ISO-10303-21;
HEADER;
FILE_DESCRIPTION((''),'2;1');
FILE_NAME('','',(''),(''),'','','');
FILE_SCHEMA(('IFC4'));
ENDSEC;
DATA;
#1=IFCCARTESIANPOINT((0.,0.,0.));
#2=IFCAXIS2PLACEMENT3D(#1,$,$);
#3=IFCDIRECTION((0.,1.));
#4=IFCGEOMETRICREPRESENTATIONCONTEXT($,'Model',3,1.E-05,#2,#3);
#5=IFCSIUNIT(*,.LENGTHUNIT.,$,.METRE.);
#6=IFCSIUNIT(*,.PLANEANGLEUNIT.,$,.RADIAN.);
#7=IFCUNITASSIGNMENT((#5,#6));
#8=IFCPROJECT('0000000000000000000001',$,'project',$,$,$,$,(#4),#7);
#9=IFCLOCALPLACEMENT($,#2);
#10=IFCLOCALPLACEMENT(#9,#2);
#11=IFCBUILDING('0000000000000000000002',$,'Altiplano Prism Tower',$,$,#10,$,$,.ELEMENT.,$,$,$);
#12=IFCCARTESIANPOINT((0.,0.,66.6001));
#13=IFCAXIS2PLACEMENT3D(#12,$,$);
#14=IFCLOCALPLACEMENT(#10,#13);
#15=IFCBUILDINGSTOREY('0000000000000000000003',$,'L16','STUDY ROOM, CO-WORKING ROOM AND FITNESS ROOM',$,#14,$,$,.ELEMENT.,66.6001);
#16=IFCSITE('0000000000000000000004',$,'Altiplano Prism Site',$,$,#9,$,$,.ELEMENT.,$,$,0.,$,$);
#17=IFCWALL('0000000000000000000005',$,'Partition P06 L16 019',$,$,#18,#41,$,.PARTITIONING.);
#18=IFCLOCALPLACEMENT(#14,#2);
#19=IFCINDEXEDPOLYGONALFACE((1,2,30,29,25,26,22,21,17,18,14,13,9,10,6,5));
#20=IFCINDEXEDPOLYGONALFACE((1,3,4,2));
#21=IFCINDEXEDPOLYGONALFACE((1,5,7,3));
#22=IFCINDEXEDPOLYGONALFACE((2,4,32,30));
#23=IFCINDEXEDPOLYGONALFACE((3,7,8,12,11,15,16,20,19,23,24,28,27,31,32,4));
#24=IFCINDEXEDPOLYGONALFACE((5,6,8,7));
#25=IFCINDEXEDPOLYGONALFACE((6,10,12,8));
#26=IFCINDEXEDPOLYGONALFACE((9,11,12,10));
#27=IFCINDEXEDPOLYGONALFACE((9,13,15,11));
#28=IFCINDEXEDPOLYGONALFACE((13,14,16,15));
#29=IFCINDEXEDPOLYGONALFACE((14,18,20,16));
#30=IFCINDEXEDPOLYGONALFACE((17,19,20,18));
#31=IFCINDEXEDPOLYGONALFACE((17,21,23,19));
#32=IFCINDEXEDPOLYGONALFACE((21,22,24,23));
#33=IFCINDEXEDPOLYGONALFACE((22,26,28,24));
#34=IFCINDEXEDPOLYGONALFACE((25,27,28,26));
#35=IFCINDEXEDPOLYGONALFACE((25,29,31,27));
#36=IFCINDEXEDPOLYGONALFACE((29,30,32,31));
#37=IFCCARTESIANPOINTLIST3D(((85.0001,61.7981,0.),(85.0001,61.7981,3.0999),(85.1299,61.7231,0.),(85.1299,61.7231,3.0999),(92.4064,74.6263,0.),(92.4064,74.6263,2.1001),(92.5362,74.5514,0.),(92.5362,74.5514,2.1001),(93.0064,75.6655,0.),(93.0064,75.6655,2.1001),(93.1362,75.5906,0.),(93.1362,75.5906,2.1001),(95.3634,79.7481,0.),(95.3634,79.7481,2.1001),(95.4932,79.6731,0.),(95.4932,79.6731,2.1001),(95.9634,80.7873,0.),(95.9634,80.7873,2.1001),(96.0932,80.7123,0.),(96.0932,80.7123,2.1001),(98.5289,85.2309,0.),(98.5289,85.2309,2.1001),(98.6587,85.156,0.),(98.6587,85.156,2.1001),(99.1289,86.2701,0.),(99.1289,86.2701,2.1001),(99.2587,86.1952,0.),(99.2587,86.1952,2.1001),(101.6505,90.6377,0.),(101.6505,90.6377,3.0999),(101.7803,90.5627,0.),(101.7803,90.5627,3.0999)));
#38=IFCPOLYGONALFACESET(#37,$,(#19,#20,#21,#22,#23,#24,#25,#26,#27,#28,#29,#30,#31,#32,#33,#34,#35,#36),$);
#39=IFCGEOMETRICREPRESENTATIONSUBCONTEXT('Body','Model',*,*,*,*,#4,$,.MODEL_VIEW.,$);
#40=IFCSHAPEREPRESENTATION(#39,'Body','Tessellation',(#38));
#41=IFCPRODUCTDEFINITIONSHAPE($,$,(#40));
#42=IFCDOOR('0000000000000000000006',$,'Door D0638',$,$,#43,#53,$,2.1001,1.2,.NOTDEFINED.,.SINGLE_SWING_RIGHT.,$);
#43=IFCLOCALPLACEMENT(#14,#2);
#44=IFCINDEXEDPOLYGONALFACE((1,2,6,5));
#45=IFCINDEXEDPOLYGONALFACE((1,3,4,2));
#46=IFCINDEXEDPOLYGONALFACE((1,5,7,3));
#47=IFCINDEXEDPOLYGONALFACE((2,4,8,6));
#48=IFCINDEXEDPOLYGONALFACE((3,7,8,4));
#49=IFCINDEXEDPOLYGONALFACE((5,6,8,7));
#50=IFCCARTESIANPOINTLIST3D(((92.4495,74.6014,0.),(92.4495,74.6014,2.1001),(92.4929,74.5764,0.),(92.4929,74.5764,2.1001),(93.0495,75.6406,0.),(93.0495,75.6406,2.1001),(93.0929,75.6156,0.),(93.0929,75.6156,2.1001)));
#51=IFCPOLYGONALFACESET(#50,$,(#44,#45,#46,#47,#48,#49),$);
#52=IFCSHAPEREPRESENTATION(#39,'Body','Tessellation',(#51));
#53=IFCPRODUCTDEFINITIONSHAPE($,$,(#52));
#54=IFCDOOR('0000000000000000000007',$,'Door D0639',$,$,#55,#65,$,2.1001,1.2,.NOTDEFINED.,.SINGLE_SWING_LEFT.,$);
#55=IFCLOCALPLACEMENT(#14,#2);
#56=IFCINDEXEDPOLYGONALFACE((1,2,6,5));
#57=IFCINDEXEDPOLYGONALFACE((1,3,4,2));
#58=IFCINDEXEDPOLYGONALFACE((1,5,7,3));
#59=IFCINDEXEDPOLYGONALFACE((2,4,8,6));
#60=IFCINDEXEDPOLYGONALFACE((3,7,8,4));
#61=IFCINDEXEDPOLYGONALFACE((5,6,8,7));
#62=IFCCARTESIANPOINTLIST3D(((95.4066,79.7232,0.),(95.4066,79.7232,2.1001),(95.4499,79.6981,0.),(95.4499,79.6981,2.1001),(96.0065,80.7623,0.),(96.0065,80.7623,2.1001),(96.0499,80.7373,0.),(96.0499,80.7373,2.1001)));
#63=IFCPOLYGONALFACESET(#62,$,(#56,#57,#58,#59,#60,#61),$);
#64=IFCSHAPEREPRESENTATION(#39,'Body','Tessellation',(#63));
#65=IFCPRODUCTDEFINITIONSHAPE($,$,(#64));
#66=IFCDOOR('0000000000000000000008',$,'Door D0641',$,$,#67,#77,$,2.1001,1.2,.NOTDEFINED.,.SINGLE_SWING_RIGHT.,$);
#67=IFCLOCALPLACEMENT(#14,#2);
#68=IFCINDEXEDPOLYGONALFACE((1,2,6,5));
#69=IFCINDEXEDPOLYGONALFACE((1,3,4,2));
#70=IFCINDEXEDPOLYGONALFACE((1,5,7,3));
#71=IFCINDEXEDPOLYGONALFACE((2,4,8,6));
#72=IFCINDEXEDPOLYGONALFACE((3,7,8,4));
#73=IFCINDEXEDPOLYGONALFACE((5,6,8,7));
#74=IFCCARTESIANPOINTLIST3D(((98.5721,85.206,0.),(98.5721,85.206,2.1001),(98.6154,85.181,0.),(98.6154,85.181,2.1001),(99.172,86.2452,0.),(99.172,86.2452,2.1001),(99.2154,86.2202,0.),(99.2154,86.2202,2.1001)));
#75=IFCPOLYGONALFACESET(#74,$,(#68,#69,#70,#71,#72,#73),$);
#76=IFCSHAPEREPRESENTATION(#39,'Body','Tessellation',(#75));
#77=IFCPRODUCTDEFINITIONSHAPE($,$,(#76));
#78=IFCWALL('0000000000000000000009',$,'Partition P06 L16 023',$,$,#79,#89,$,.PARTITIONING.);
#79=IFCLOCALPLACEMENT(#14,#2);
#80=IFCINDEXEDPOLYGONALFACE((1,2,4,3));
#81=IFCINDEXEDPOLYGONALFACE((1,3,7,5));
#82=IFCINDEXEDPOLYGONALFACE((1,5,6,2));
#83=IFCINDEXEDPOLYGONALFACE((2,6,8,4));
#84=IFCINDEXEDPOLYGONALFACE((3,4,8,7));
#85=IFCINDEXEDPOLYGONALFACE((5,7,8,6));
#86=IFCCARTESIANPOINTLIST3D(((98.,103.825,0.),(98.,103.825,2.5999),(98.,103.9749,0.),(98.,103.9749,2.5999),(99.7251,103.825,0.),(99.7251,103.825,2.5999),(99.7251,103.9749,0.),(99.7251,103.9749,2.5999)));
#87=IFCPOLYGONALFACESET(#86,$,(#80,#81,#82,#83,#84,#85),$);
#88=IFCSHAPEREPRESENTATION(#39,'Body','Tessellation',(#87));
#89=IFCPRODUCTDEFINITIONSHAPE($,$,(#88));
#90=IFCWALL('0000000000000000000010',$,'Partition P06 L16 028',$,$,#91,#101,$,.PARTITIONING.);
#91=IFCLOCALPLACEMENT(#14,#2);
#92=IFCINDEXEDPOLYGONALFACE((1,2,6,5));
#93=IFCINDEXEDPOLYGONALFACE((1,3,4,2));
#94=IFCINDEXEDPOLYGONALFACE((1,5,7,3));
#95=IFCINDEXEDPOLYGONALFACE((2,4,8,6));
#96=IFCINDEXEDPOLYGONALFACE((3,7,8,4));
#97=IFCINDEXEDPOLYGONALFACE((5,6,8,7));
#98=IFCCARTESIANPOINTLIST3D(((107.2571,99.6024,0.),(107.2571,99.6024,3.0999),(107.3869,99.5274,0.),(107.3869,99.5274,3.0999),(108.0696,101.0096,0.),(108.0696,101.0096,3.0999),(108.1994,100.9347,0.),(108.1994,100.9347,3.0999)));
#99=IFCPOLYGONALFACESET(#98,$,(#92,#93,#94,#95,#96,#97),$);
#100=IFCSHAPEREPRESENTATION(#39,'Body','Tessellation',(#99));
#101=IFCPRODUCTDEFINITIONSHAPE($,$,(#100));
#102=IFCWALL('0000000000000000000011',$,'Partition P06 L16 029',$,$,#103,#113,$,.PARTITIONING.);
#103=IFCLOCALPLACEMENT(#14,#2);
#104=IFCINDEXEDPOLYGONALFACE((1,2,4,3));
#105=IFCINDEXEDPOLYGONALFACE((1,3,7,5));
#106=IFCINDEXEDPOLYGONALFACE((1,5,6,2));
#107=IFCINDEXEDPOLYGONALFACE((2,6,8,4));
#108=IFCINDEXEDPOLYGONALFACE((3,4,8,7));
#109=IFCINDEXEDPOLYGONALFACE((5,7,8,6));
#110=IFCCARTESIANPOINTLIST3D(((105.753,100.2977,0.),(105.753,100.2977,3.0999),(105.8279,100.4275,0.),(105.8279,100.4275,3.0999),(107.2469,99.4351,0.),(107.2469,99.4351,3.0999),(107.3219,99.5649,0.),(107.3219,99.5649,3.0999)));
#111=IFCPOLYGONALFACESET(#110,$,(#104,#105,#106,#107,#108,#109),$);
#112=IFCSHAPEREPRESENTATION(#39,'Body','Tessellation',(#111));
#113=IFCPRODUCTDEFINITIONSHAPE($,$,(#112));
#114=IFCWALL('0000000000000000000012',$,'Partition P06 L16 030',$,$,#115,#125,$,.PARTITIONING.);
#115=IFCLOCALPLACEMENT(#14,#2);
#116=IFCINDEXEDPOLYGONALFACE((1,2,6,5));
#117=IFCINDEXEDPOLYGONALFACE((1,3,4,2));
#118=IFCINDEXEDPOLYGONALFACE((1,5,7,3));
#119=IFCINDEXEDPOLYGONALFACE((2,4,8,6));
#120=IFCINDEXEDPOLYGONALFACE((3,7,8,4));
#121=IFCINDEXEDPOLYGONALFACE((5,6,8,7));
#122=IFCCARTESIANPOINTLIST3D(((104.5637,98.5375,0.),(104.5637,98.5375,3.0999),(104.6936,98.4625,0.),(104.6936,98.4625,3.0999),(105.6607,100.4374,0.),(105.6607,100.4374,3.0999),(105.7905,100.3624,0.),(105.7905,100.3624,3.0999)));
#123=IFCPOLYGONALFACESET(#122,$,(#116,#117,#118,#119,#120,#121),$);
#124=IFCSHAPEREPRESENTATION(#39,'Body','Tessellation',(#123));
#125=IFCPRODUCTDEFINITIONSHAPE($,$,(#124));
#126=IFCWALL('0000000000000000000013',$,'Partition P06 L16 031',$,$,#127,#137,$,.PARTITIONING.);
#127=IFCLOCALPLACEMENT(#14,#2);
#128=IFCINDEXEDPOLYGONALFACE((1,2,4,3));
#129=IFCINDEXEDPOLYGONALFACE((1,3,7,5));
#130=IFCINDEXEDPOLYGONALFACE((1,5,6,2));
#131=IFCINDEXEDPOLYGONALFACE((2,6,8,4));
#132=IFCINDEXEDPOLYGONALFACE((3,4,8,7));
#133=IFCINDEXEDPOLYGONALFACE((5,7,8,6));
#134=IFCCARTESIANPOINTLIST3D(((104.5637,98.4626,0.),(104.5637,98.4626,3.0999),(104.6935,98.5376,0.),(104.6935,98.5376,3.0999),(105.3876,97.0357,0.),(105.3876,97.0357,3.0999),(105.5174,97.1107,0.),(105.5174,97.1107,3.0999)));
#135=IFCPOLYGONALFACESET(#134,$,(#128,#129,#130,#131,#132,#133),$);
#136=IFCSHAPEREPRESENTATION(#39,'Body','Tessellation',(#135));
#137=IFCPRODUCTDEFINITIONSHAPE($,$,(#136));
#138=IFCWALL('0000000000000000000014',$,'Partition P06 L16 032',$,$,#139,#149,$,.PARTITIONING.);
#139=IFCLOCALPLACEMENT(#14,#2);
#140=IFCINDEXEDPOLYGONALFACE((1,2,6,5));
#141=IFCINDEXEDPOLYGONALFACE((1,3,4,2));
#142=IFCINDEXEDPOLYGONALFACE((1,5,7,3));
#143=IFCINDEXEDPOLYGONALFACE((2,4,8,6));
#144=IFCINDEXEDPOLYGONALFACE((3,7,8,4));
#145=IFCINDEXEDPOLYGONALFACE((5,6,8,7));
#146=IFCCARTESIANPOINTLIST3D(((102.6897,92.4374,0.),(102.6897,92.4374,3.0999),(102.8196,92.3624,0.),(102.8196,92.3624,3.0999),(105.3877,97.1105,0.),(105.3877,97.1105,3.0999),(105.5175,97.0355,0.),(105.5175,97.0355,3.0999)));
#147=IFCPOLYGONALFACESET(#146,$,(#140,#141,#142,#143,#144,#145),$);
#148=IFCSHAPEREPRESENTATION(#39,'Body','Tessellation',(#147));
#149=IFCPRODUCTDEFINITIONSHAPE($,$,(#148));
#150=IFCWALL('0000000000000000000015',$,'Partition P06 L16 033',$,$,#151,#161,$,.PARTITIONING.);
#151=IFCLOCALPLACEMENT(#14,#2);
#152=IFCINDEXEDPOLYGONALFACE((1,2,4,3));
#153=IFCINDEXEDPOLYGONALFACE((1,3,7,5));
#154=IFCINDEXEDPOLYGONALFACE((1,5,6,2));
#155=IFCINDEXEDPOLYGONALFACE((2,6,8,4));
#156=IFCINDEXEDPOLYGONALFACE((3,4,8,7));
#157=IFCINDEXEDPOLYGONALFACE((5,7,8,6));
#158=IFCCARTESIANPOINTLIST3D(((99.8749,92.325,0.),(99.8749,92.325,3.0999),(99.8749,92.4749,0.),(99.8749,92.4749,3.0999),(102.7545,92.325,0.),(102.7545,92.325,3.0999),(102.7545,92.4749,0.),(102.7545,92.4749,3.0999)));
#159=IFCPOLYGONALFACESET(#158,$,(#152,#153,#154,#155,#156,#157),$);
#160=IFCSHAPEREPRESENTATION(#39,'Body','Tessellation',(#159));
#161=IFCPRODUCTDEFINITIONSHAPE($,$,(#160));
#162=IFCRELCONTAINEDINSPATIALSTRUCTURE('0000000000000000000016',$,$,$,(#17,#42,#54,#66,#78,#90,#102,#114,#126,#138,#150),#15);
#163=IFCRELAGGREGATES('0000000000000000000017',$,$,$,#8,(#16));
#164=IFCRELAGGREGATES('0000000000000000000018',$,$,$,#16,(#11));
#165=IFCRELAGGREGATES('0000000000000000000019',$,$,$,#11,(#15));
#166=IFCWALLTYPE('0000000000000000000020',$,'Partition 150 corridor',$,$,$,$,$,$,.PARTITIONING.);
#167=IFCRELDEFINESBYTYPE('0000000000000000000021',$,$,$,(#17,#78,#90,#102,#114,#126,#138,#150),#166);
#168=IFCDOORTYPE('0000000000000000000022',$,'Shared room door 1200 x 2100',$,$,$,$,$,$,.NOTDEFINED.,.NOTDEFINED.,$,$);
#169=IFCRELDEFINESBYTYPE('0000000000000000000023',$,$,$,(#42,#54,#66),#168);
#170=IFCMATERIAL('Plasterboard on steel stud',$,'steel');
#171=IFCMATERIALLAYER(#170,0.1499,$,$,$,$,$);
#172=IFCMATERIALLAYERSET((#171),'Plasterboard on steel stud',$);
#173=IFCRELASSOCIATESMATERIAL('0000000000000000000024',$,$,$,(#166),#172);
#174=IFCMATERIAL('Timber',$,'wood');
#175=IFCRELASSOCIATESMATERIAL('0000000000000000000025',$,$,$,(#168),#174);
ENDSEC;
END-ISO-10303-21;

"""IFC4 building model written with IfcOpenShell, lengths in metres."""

from ifc_helpers import new_model, si_unit, direction, frame, frame_2d, origin, place, context, subcontext, project, spatial, rectangle, extrude, material, layer, layer_set, type_object, element, fill, save


model = new_model("IFC4")

# Units and contexts
model_context = context("Model", 3, precision=1e-05, world=origin(), true_north=direction((0.0, 1.0)))
body_context = subcontext(model_context, "Body", "Model", "MODEL_VIEW")
ifc_project = project(units=[si_unit("LENGTHUNIT", "METRE"), si_unit("PLANEANGLEUNIT", "RADIAN")], contexts=[model_context])

# Site, building, storey
site_placement = place(None, origin())
site = spatial("IfcSite", under=ifc_project, at=site_placement, Name="Altiplano Prism Site", CompositionType="ELEMENT", RefElevation=0.0)
building_placement = place(site_placement, origin())
building = spatial("IfcBuilding", under=site, at=building_placement, Name="Altiplano Prism Tower", CompositionType="ELEMENT")
storey_placement = place(building_placement, frame((0.0, 0.0, 66.6001)))
storey = spatial("IfcBuildingStorey", under=building, at=storey_placement, Name="L16", Description="STUDY ROOM, CO-WORKING ROOM AND FITNESS ROOM", CompositionType="ELEMENT", Elevation=66.6001)

# Shared definitions
ifc_material_1 = material(Name="Plasterboard on steel stud", Category="steel")
ifc_layer_1 = layer(ifc_material_1, 0.1499)
ifc_layer_set_1 = layer_set([ifc_layer_1], Name="Plasterboard on steel stud")
wall_type_1 = type_object("IfcWallType", Name="Partition 150 corridor", PredefinedType="PARTITIONING", material=ifc_layer_set_1)

# Wall, openings, doors
wall_1_placement = place(storey_placement, frame((101.7153, 90.6001, 0.0), z_axis=(0.0, 0.0, 1.0), x_axis=(-0.499996, -0.866027, 0.0)))
wall_1 = element("IfcWall", 1, at=wall_1_placement, inside=storey, type_object=wall_type_1, Name="Partition P06 L16 019", PredefinedType="PARTITIONING", context=body_context, shape_type="SweptSolid", body=[
    extrude(rectangle(XDim=33.301, YDim=0.1499, at=frame_2d((16.6504, 0.0))), origin(), (0.0, 0.0, 1.0), 3.0999),
])
opening_1_placement = place(wall_1_placement, frame((17.2881, 0.0, 0.0)))
opening_1 = element("IfcOpeningElement", 2, at=opening_1_placement, cuts=wall_1, PredefinedType="OPENING", context=body_context, shape_type="SweptSolid", body=[
    extrude(rectangle(XDim=1.2, YDim=2.1001, at=frame_2d((0.6001, 1.05))), frame((0.0, 0.0854, 0.0), z_axis=(0.0, -1.0, 0.0), x_axis=(1.0, 0.0, 0.0)), (0.0, 0.0, 1.0), 0.1709),
])
opening_2_placement = place(wall_1_placement, frame((11.374, 0.0, 0.0)))
opening_2 = element("IfcOpeningElement", 3, at=opening_2_placement, cuts=wall_1, PredefinedType="OPENING", context=body_context, shape_type="SweptSolid", body=[
    extrude(rectangle(XDim=1.2, YDim=2.1001, at=frame_2d((0.6001, 1.05))), frame((0.0, 0.0854, 0.0), z_axis=(0.0, -1.0, 0.0), x_axis=(1.0, 0.0, 0.0)), (0.0, 0.0, 1.0), 0.1709),
])
opening_3_placement = place(wall_1_placement, frame((5.043, 0.0, 0.0)))
opening_3 = element("IfcOpeningElement", 4, at=opening_3_placement, cuts=wall_1, PredefinedType="OPENING", context=body_context, shape_type="SweptSolid", body=[
    extrude(rectangle(XDim=1.2, YDim=2.1001, at=frame_2d((0.6001, 1.05))), frame((0.0, 0.0854, 0.0), z_axis=(0.0, -1.0, 0.0), x_axis=(1.0, 0.0, 0.0)), (0.0, 0.0, 1.0), 0.1709),
])
ifc_material_2 = material(Name="Timber", Category="wood")
door_type_1 = type_object("IfcDoorType", Name="Shared room door 1200 x 2100", OperationType="NOTDEFINED", PredefinedType="NOTDEFINED", material=ifc_material_2)
door_1_placement = place(opening_1_placement, origin())
door_1 = element("IfcDoor", 5, at=door_1_placement, inside=storey, type_object=door_type_1, Name="Door D0638", OperationType="SINGLE_SWING_RIGHT", OverallHeight=2.1001, OverallWidth=1.2, PredefinedType="NOTDEFINED", context=body_context, shape_type="SweptSolid", body=[
    extrude(rectangle(XDim=1.2, YDim=2.1001, at=frame_2d((0.6001, 1.05))), frame((0.0, 0.0249, 0.0), z_axis=(0.0, -1.0, 0.0), x_axis=(1.0, 0.0, 0.0)), (0.0, 0.0, 1.0), 0.05),
])
fill(opening_1, door_1)
door_2_placement = place(opening_2_placement, origin())
door_2 = element("IfcDoor", 6, at=door_2_placement, inside=storey, type_object=door_type_1, Name="Door D0639", OperationType="SINGLE_SWING_LEFT", OverallHeight=2.1001, OverallWidth=1.2, PredefinedType="NOTDEFINED", context=body_context, shape_type="SweptSolid", body=[
    extrude(rectangle(XDim=1.2, YDim=2.1001, at=frame_2d((0.6001, 1.05))), frame((0.0, 0.0249, 0.0), z_axis=(0.0, -1.0, 0.0), x_axis=(1.0, 0.0, 0.0)), (0.0, 0.0, 1.0), 0.05),
])
fill(opening_2, door_2)
door_3_placement = place(opening_3_placement, origin())
door_3 = element("IfcDoor", 7, at=door_3_placement, inside=storey, type_object=door_type_1, Name="Door D0641", OperationType="SINGLE_SWING_RIGHT", OverallHeight=2.1001, OverallWidth=1.2, PredefinedType="NOTDEFINED", context=body_context, shape_type="SweptSolid", body=[
    extrude(rectangle(XDim=1.2, YDim=2.1001, at=frame_2d((0.6001, 1.05))), frame((0.0, 0.0249, 0.0), z_axis=(0.0, -1.0, 0.0), x_axis=(1.0, 0.0, 0.0)), (0.0, 0.0, 1.0), 0.05),
])
fill(opening_3, door_3)

# Walls
wall_2_placement = place(storey_placement, frame((99.7251, 103.8999, 0.0), z_axis=(0.0, 0.0, 1.0), x_axis=(-1.0, 0.0, 0.0)))
element("IfcWall", 8, at=wall_2_placement, inside=storey, type_object=wall_type_1, Name="Partition P06 L16 023", PredefinedType="PARTITIONING", context=body_context, shape_type="SweptSolid", body=[
    extrude(rectangle(XDim=1.7251, YDim=0.1499, at=frame_2d((0.8625, 0.0))), origin(), (0.0, 0.0, 1.0), 2.5999),
])
wall_3_placement = place(storey_placement, frame((108.1345, 100.9722, 0.0), z_axis=(0.0, 0.0, 1.0), x_axis=(-0.500017, -0.866015, 0.0)))
element("IfcWall", 9, at=wall_3_placement, inside=storey, type_object=wall_type_1, Name="Partition P06 L16 028", PredefinedType="PARTITIONING", context=body_context, shape_type="SweptSolid", body=[
    extrude(rectangle(XDim=1.625, YDim=0.1499, at=frame_2d((0.8125, 0.0))), origin(), (0.0, 0.0, 1.0), 3.0999),
])
wall_4_placement = place(storey_placement, frame((107.2844, 99.5, 0.0), z_axis=(0.0, 0.0, 1.0), x_axis=(-0.866014, 0.500021, 0.0)))
element("IfcWall", 10, at=wall_4_placement, inside=storey, type_object=wall_type_1, Name="Partition P06 L16 029", PredefinedType="PARTITIONING", context=body_context, shape_type="SweptSolid", body=[
    extrude(rectangle(XDim=1.7251, YDim=0.1499, at=frame_2d((0.8625, 0.0))), origin(), (0.0, 0.0, 1.0), 3.0999),
])
wall_5_placement = place(storey_placement, frame((105.7256, 100.3999, 0.0), z_axis=(0.0, 0.0, 1.0), x_axis=(-0.500005, -0.866023, 0.0)))
element("IfcWall", 11, at=wall_5_placement, inside=storey, type_object=wall_type_1, Name="Partition P06 L16 030", PredefinedType="PARTITIONING", context=body_context, shape_type="SweptSolid", body=[
    extrude(rectangle(XDim=2.1938, YDim=0.1499, at=frame_2d((1.0969, 0.0))), origin(), (0.0, 0.0, 1.0), 3.0999),
])
wall_6_placement = place(storey_placement, frame((104.6287, 98.5, 0.0), z_axis=(0.0, 0.0, 1.0), x_axis=(0.500043, -0.866001, 0.0)))
element("IfcWall", 12, at=wall_6_placement, inside=storey, type_object=wall_type_1, Name="Partition P06 L16 031", PredefinedType="PARTITIONING", context=body_context, shape_type="SweptSolid", body=[
    extrude(rectangle(XDim=1.6477, YDim=0.1499, at=frame_2d((0.8237, 0.0))), origin(), (0.0, 0.0, 1.0), 3.0999),
])
wall_7_placement = place(storey_placement, frame((105.4526, 97.073, 0.0), z_axis=(0.0, 0.0, 1.0), x_axis=(-0.499998, -0.866027, 0.0)))
element("IfcWall", 13, at=wall_7_placement, inside=storey, type_object=wall_type_1, Name="Partition P06 L16 032", PredefinedType="PARTITIONING", context=body_context, shape_type="SweptSolid", body=[
    extrude(rectangle(XDim=5.396, YDim=0.1499, at=frame_2d((2.698, 0.0))), origin(), (0.0, 0.0, 1.0), 3.0999),
])
wall_8_placement = place(storey_placement, frame((102.7546, 92.3999, 0.0), z_axis=(0.0, 0.0, 1.0), x_axis=(-1.0, 0.0, 0.0)))
element("IfcWall", 14, at=wall_8_placement, inside=storey, type_object=wall_type_1, Name="Partition P06 L16 033", PredefinedType="PARTITIONING", context=body_context, shape_type="SweptSolid", body=[
    extrude(rectangle(XDim=2.8796, YDim=0.1499, at=frame_2d((1.4399, 0.0))), origin(), (0.0, 0.0, 1.0), 3.0999),
])

save(model, "model.ifc")
